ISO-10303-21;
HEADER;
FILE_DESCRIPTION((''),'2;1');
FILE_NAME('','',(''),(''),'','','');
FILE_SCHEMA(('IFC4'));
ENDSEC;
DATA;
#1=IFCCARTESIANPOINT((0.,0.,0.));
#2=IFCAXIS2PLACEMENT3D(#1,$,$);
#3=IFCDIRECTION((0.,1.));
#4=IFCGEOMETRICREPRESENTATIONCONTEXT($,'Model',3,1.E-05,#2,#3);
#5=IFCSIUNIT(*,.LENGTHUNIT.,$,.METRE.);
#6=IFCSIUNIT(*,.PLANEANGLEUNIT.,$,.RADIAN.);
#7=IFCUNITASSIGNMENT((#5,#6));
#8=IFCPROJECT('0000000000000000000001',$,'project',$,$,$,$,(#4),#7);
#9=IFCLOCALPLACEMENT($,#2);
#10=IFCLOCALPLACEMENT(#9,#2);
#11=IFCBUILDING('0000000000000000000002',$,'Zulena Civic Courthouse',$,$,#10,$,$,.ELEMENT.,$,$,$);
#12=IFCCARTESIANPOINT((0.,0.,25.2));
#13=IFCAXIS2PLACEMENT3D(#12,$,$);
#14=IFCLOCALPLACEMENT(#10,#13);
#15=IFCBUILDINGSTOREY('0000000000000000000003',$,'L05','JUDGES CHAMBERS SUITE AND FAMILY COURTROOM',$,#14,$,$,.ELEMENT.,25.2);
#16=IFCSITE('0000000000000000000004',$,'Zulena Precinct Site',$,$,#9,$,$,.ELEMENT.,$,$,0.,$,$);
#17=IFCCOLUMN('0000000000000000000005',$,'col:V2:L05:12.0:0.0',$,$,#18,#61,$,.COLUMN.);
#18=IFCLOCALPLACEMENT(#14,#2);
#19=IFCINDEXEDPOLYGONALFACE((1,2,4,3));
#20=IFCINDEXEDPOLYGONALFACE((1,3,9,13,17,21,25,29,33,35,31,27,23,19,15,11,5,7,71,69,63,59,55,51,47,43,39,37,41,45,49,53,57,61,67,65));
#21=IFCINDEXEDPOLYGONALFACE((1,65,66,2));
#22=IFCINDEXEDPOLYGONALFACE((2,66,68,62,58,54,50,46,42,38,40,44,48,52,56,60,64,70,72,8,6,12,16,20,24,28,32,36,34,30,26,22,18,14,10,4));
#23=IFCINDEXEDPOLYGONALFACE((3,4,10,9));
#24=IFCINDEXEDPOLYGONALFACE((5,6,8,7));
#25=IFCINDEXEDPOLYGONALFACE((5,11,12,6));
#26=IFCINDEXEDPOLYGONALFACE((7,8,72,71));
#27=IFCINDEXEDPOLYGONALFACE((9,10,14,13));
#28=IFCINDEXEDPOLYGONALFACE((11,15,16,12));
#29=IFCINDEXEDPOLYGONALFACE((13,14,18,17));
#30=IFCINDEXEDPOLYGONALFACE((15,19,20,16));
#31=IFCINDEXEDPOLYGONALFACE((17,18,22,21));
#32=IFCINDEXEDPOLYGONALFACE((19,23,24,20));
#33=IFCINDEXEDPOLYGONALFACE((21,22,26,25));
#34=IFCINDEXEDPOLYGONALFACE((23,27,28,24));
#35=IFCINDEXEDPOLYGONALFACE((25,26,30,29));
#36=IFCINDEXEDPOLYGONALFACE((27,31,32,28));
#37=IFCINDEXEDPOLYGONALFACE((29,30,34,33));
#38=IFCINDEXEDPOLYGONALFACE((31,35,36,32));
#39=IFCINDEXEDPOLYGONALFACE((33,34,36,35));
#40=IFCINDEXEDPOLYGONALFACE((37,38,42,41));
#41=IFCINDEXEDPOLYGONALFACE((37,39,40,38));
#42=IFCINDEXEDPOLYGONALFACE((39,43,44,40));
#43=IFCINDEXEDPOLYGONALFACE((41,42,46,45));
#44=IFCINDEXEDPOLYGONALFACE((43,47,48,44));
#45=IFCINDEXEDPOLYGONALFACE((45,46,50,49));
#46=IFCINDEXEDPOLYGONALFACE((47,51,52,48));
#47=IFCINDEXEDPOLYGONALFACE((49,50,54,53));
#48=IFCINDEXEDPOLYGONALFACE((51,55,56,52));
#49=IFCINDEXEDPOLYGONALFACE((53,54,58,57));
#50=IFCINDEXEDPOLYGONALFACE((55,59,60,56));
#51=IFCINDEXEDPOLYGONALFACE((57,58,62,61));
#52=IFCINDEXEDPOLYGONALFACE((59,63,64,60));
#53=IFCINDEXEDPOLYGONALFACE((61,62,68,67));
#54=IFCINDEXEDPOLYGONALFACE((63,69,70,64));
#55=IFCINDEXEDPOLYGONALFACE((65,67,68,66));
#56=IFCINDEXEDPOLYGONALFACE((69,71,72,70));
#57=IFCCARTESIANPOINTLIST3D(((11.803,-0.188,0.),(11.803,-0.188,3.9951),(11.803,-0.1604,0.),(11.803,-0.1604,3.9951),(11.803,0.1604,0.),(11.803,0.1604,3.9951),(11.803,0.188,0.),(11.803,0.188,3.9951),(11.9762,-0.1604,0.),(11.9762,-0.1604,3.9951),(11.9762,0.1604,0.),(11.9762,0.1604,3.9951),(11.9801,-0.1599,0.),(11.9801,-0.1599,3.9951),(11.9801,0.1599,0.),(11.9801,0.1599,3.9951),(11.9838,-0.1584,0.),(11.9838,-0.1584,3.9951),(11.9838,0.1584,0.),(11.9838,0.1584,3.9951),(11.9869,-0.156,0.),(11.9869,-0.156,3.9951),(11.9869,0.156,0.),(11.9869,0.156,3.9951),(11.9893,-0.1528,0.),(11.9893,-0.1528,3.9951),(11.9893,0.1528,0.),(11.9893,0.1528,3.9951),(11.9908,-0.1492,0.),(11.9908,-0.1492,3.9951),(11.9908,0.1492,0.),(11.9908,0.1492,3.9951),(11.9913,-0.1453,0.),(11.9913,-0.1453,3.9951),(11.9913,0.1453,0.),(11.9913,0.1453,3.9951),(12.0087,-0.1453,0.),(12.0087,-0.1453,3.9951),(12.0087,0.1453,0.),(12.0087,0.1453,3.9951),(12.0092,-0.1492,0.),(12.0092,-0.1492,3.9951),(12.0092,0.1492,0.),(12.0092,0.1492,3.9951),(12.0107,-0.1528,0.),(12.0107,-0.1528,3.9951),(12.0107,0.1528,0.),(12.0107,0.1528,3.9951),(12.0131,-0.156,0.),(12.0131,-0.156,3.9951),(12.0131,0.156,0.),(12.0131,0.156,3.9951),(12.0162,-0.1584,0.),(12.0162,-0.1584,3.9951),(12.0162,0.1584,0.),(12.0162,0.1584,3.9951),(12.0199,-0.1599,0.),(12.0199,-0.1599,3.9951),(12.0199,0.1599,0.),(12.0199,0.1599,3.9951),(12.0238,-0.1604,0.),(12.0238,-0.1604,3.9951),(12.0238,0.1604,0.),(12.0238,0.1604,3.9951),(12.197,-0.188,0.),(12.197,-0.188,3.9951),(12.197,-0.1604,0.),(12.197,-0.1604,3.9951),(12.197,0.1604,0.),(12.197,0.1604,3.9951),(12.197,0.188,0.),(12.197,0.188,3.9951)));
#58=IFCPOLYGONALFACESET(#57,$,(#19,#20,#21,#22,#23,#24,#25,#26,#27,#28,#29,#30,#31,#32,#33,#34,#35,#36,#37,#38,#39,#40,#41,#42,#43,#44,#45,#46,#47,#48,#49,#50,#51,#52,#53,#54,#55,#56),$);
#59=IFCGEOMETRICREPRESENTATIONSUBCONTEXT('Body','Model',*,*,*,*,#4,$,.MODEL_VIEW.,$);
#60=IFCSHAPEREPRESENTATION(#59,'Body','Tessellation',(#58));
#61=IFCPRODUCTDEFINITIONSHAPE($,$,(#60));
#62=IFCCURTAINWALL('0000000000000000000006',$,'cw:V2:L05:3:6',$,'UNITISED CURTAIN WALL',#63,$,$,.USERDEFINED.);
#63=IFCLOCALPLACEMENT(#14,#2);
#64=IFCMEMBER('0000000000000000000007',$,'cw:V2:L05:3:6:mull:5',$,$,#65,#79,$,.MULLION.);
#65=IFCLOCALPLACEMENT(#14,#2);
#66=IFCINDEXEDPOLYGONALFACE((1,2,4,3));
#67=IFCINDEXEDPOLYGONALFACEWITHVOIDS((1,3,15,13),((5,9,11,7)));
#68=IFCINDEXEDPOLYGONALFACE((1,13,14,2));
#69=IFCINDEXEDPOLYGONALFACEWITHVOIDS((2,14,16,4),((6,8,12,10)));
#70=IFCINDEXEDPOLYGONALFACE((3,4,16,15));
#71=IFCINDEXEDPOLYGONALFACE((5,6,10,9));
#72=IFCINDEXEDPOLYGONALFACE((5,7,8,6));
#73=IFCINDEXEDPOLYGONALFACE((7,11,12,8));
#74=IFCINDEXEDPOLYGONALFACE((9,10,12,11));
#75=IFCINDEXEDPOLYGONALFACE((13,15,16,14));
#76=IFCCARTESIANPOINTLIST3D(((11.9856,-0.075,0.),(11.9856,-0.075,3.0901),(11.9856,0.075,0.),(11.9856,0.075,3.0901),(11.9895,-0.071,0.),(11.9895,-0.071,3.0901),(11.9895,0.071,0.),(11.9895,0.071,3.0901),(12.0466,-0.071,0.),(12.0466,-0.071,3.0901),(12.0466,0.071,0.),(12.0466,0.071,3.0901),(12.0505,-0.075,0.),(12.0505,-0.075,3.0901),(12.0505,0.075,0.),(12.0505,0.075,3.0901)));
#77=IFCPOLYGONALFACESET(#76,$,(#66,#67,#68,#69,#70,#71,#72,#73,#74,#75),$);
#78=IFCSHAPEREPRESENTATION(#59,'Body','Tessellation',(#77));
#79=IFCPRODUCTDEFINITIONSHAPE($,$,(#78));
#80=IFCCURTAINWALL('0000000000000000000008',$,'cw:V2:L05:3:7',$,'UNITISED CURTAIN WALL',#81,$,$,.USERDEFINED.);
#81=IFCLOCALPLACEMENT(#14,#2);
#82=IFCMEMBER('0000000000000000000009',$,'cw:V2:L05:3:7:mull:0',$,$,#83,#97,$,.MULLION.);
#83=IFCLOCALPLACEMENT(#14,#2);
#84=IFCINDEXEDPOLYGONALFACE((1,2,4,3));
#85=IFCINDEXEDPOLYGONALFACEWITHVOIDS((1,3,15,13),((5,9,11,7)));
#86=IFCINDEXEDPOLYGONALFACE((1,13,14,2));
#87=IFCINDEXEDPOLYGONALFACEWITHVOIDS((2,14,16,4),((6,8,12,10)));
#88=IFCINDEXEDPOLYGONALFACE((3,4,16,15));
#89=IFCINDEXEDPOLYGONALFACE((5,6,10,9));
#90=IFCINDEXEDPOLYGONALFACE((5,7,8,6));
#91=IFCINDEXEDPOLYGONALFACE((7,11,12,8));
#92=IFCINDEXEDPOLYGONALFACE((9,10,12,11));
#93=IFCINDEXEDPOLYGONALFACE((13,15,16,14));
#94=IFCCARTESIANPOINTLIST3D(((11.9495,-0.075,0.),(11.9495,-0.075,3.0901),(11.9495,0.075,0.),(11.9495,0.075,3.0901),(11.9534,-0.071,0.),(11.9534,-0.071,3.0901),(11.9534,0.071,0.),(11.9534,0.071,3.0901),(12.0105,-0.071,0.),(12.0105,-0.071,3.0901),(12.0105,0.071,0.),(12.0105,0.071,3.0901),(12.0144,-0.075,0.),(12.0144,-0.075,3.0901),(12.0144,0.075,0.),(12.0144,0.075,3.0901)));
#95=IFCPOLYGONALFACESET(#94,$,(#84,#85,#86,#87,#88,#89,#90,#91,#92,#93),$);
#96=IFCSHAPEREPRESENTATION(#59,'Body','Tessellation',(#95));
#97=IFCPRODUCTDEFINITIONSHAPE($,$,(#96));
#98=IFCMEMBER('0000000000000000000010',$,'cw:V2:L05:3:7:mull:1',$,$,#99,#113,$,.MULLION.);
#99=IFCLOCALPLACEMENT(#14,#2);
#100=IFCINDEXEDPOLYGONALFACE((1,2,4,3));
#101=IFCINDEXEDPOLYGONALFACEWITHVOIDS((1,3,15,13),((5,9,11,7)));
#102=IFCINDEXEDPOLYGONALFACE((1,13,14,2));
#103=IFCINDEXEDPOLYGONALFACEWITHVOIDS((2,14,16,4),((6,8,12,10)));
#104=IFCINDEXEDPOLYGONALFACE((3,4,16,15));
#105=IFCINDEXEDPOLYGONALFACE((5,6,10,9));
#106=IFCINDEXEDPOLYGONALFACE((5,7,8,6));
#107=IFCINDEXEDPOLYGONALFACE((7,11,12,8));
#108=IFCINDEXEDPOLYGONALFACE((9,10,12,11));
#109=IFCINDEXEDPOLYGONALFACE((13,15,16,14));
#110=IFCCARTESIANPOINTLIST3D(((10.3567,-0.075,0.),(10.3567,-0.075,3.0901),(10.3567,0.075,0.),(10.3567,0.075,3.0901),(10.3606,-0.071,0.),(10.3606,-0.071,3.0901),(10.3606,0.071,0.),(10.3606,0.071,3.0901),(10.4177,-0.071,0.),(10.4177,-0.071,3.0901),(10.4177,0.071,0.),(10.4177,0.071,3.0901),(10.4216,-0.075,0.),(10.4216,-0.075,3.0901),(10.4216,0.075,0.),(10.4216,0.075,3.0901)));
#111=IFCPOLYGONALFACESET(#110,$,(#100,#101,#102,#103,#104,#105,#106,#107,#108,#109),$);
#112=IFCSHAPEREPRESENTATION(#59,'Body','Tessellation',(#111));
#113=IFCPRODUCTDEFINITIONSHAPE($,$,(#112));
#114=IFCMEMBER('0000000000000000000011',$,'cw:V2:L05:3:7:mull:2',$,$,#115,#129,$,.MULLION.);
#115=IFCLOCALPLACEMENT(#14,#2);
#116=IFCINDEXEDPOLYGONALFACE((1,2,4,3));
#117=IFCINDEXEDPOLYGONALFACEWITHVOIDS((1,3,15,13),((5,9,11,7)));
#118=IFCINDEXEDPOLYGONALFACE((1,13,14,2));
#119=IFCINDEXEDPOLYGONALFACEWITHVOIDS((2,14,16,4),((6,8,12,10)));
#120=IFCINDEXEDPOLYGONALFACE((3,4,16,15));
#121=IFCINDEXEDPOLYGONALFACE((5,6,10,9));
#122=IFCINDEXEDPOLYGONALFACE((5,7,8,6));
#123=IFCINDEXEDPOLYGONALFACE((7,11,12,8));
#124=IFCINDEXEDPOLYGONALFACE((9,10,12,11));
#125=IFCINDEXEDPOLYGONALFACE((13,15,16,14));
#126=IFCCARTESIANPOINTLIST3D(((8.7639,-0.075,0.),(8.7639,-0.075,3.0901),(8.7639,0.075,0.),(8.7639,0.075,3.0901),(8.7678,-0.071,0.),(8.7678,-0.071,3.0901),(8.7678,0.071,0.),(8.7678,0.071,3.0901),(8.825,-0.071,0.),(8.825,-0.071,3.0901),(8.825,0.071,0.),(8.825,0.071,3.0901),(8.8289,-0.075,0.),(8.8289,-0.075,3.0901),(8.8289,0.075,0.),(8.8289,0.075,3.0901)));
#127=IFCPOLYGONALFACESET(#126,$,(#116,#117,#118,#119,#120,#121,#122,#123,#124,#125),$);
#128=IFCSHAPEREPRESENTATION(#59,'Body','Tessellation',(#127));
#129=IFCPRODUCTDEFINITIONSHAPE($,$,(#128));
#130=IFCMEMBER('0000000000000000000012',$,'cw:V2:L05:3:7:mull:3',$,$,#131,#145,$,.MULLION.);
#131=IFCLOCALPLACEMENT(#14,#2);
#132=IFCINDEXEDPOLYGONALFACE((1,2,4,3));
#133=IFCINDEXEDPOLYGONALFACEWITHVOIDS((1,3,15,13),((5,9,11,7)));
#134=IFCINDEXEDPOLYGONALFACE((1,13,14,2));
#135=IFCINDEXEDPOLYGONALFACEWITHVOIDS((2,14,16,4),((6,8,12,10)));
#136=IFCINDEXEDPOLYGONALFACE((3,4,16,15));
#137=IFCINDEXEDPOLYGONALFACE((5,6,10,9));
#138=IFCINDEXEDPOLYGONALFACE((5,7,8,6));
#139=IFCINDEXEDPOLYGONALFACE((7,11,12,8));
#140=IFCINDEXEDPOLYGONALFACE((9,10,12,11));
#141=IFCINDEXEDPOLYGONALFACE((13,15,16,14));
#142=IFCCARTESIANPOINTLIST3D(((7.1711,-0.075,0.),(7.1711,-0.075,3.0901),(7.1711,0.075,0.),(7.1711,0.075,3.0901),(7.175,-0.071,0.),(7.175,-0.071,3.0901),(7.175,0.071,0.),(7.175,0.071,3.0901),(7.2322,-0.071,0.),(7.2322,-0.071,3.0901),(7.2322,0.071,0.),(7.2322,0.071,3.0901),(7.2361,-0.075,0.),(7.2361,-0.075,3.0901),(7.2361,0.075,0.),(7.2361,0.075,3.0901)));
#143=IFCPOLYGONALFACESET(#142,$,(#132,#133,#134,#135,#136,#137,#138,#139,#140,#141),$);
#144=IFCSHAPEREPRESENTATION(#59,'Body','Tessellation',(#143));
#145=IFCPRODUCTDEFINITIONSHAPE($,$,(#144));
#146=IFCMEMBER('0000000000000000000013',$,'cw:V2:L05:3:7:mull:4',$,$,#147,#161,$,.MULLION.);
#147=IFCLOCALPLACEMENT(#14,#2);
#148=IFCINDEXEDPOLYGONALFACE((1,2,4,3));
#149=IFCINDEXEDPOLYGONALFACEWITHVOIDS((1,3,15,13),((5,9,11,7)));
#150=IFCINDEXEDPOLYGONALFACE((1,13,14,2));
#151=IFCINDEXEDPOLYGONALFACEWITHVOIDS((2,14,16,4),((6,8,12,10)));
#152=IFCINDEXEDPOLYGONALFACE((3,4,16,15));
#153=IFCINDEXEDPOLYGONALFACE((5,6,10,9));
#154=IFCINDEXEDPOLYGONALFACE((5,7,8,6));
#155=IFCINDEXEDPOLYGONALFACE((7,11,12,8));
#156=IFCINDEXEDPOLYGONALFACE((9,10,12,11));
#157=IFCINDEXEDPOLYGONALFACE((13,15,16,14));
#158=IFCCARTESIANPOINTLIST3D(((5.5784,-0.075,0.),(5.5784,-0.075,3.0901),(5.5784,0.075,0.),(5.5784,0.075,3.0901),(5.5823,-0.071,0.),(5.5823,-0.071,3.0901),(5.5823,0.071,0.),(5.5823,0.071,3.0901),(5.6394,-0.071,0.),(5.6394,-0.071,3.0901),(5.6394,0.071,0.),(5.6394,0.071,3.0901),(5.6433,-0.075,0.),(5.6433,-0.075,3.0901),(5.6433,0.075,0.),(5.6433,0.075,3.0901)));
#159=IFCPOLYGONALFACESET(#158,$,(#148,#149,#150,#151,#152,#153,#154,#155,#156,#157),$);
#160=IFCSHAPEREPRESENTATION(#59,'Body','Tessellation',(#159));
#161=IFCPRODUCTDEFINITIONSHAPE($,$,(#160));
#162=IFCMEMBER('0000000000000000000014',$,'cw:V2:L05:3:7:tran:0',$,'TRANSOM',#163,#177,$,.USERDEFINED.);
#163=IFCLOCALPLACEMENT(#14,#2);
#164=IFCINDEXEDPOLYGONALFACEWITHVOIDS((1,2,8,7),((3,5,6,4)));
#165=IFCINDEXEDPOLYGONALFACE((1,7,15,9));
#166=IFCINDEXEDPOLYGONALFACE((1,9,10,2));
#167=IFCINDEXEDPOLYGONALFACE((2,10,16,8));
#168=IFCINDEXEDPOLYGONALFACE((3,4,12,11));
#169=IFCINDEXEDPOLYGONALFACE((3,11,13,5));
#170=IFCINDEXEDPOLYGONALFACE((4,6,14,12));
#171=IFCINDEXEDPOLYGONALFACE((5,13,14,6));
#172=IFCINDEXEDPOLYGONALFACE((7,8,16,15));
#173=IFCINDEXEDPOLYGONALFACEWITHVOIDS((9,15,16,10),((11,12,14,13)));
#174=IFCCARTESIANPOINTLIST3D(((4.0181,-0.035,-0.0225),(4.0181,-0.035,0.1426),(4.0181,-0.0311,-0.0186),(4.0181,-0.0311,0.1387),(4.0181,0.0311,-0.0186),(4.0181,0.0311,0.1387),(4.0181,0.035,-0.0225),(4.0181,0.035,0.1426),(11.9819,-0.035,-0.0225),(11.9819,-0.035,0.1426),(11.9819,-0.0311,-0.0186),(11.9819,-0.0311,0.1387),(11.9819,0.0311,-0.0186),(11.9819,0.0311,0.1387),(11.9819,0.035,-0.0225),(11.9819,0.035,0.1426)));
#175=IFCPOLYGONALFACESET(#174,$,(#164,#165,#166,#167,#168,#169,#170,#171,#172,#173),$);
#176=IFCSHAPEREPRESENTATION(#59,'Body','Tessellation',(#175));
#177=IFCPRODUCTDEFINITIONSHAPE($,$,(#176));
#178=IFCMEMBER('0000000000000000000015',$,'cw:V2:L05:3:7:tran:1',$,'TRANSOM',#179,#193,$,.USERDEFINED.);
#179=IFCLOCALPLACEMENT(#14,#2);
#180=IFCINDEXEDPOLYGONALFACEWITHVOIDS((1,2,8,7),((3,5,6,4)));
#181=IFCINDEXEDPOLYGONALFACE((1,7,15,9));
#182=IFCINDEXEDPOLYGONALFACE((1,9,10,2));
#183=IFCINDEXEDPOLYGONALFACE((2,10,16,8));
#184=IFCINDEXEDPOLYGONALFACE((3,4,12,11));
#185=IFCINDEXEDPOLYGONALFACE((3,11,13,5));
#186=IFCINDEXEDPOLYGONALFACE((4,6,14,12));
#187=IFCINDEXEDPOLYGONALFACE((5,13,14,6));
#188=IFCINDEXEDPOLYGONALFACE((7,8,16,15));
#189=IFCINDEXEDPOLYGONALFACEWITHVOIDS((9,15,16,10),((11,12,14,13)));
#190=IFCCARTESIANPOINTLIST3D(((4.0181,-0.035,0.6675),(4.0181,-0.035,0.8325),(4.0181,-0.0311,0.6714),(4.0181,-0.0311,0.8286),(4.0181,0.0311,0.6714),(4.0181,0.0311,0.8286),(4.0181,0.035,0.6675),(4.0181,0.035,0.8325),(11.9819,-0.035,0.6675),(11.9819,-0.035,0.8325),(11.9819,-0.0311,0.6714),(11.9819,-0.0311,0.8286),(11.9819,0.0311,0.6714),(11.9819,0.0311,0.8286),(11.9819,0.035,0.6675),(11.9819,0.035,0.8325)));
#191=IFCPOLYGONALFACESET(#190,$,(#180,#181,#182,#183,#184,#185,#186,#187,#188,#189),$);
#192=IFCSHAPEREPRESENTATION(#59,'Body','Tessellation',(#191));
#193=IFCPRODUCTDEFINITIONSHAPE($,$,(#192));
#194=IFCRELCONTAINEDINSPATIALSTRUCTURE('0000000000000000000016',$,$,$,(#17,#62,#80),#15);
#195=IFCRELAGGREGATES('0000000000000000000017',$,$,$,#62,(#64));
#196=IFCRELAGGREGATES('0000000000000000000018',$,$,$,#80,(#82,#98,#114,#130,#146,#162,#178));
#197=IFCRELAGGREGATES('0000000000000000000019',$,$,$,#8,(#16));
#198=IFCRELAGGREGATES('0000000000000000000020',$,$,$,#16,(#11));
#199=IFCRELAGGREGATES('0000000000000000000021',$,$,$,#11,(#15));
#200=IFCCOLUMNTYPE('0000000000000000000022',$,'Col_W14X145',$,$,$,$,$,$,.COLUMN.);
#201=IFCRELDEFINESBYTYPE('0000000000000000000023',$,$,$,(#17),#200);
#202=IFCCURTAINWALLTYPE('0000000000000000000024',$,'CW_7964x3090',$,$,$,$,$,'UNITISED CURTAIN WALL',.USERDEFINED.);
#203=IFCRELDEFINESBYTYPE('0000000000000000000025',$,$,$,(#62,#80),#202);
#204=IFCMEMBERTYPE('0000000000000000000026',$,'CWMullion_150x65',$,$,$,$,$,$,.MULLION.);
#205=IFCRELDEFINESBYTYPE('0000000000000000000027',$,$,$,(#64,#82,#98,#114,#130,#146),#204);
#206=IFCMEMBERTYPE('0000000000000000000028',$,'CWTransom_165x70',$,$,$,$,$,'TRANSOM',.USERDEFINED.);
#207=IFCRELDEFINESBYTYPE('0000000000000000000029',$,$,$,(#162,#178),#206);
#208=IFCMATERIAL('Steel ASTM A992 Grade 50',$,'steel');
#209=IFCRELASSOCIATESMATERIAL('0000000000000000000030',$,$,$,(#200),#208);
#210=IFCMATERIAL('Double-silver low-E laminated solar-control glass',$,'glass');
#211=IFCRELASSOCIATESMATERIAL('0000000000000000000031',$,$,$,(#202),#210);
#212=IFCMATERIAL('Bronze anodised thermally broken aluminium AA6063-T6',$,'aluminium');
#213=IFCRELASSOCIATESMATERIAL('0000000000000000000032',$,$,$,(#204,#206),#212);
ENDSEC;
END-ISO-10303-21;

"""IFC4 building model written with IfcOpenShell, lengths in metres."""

from ifc_helpers import new_model, si_unit, direction, frame, origin, origin_2d, place, context, subcontext, project, spatial, hollow_rectangle, i_section, extrude, material, material_profile, profile_set, type_object, element, aggregate, save


model = new_model("IFC4")

# Units and contexts
model_context = context("Model", 3, precision=1e-05, world=origin(), true_north=direction((0.0, 1.0)))
body_context = subcontext(model_context, "Body", "Model", "MODEL_VIEW")
ifc_project = project(units=[si_unit("LENGTHUNIT", "METRE"), si_unit("PLANEANGLEUNIT", "RADIAN")], contexts=[model_context])

# Site, building, storey
site_placement = place(None, origin())
site = spatial("IfcSite", under=ifc_project, at=site_placement, Name="Zulena Precinct Site", CompositionType="ELEMENT", RefElevation=0.0)
building_placement = place(site_placement, origin())
building = spatial("IfcBuilding", under=site, at=building_placement, Name="Zulena Civic Courthouse", CompositionType="ELEMENT")
storey_placement = place(building_placement, frame((0.0, 0.0, 25.2)))
storey = spatial("IfcBuildingStorey", under=building, at=storey_placement, Name="L05", Description="JUDGES CHAMBERS SUITE AND FAMILY COURTROOM", CompositionType="ELEMENT", Elevation=25.2)

# Column
ifc_material_1 = material(Name="Steel ASTM A992 Grade 50", Category="steel")
ifc_material_profile_1 = material_profile(ifc_material_1, i_section(OverallWidth=0.394, OverallDepth=0.376, WebThickness=0.0173, FlangeThickness=0.0276, FilletRadius=0.0151, at=origin_2d()), Name="W14X145")
ifc_profile_set_1 = profile_set([ifc_material_profile_1], Name="Steel ASTM A992 Grade 50")
column_type = type_object("IfcColumnType", Name="Col_W14X145", PredefinedType="COLUMN", material=ifc_profile_set_1)
column_placement = place(storey_placement, frame((12.0, 0.0, 0.0), z_axis=(0.0, 0.0, 1.0), x_axis=(1.0, 0.0, 0.0)))
element("IfcColumn", 1, at=column_placement, inside=storey, type_object=column_type, Name="col:V2:L05:12.0:0.0", PredefinedType="COLUMN", context=body_context, shape_type="SweptSolid", body=[
    extrude(i_section(OverallWidth=0.394, OverallDepth=0.376, WebThickness=0.0173, FlangeThickness=0.0276, FilletRadius=0.0151, at=origin_2d()), origin(), (0.0, 0.0, 1.0), 3.9951),
])

# Curtain wall, member
ifc_material_2 = material(Name="Double-silver low-E laminated solar-control glass", Category="glass")
curtain_wall_type = type_object("IfcCurtainWallType", Name="CW_7964x3090", ElementType="UNITISED CURTAIN WALL", PredefinedType="USERDEFINED", material=ifc_material_2)
curtain_wall_1_placement = place(storey_placement, origin())
curtain_wall_1 = element("IfcCurtainWall", 2, at=curtain_wall_1_placement, inside=storey, type_object=curtain_wall_type, Name="cw:V2:L05:3:6", ObjectType="UNITISED CURTAIN WALL", PredefinedType="USERDEFINED")
ifc_material_3 = material(Name="Bronze anodised thermally broken aluminium AA6063-T6", Category="aluminium")
ifc_material_profile_2 = material_profile(ifc_material_3, hollow_rectangle(XDim=0.0649, YDim=0.1499, WallThickness=0.0039, at=origin_2d()), Name="CWM150X65X4")
ifc_profile_set_2 = profile_set([ifc_material_profile_2], Name="Bronze anodised thermally broken aluminium AA6063-T6")
member_type_1 = type_object("IfcMemberType", Name="CWMullion_150x65", PredefinedType="MULLION", material=ifc_profile_set_2)
member_1_placement = place(storey_placement, frame((12.0181, 0.0, 0.0), z_axis=(0.0, 0.0, 1.0), x_axis=(1.0, 0.0, 0.0)))
member_1 = element("IfcMember", 3, at=member_1_placement, type_object=member_type_1, Name="cw:V2:L05:3:6:mull:5", PredefinedType="MULLION", context=body_context, shape_type="SweptSolid", body=[
    extrude(hollow_rectangle(XDim=0.0649, YDim=0.1499, WallThickness=0.0039, at=origin_2d()), origin(), (0.0, 0.0, 1.0), 3.0901),
])

# Curtain wall, members
curtain_wall_2_placement = place(storey_placement, origin())
curtain_wall_2 = element("IfcCurtainWall", 4, at=curtain_wall_2_placement, inside=storey, type_object=curtain_wall_type, Name="cw:V2:L05:3:7", ObjectType="UNITISED CURTAIN WALL", PredefinedType="USERDEFINED")
member_2_placement = place(storey_placement, frame((11.9819, 0.0, 0.0), z_axis=(0.0, 0.0, 1.0), x_axis=(1.0, 0.0, 0.0)))
member_2 = element("IfcMember", 5, at=member_2_placement, type_object=member_type_1, Name="cw:V2:L05:3:7:mull:0", PredefinedType="MULLION", context=body_context, shape_type="SweptSolid", body=[
    extrude(hollow_rectangle(XDim=0.0649, YDim=0.1499, WallThickness=0.0039, at=origin_2d()), origin(), (0.0, 0.0, 1.0), 3.0901),
])
member_3_placement = place(storey_placement, frame((10.3892, 0.0, 0.0), z_axis=(0.0, 0.0, 1.0), x_axis=(1.0, 0.0, 0.0)))
member_3 = element("IfcMember", 6, at=member_3_placement, type_object=member_type_1, Name="cw:V2:L05:3:7:mull:1", PredefinedType="MULLION", context=body_context, shape_type="SweptSolid", body=[
    extrude(hollow_rectangle(XDim=0.0649, YDim=0.1499, WallThickness=0.0039, at=origin_2d()), origin(), (0.0, 0.0, 1.0), 3.0901),
])
member_4_placement = place(storey_placement, frame((8.7964, 0.0, 0.0), z_axis=(0.0, 0.0, 1.0), x_axis=(1.0, 0.0, 0.0)))
member_4 = element("IfcMember", 7, at=member_4_placement, type_object=member_type_1, Name="cw:V2:L05:3:7:mull:2", PredefinedType="MULLION", context=body_context, shape_type="SweptSolid", body=[
    extrude(hollow_rectangle(XDim=0.0649, YDim=0.1499, WallThickness=0.0039, at=origin_2d()), origin(), (0.0, 0.0, 1.0), 3.0901),
])
member_5_placement = place(storey_placement, frame((7.2036, 0.0, 0.0), z_axis=(0.0, 0.0, 1.0), x_axis=(1.0, 0.0, 0.0)))
member_5 = element("IfcMember", 8, at=member_5_placement, type_object=member_type_1, Name="cw:V2:L05:3:7:mull:3", PredefinedType="MULLION", context=body_context, shape_type="SweptSolid", body=[
    extrude(hollow_rectangle(XDim=0.0649, YDim=0.1499, WallThickness=0.0039, at=origin_2d()), origin(), (0.0, 0.0, 1.0), 3.0901),
])
member_6_placement = place(storey_placement, frame((5.6108, 0.0, 0.0), z_axis=(0.0, 0.0, 1.0), x_axis=(1.0, 0.0, 0.0)))
member_6 = element("IfcMember", 9, at=member_6_placement, type_object=member_type_1, Name="cw:V2:L05:3:7:mull:4", PredefinedType="MULLION", context=body_context, shape_type="SweptSolid", body=[
    extrude(hollow_rectangle(XDim=0.0649, YDim=0.1499, WallThickness=0.0039, at=origin_2d()), origin(), (0.0, 0.0, 1.0), 3.0901),
])
ifc_material_profile_3 = material_profile(ifc_material_3, hollow_rectangle(XDim=0.0701, YDim=0.165, WallThickness=0.0039, at=origin_2d()), Name="CWT165X70X4")
ifc_profile_set_3 = profile_set([ifc_material_profile_3], Name="Bronze anodised thermally broken aluminium AA6063-T6")
member_type_2 = type_object("IfcMemberType", Name="CWTransom_165x70", ElementType="TRANSOM", PredefinedType="USERDEFINED", material=ifc_profile_set_3)
member_7_placement = place(storey_placement, frame((11.9819, 0.0, 0.0601), z_axis=(-1.0, 0.0, 0.0), x_axis=(0.0, -1.0, 0.0)))
member_7 = element("IfcMember", 10, at=member_7_placement, type_object=member_type_2, Name="cw:V2:L05:3:7:tran:0", ObjectType="TRANSOM", PredefinedType="USERDEFINED", context=body_context, shape_type="SweptSolid", body=[
    extrude(hollow_rectangle(XDim=0.0701, YDim=0.165, WallThickness=0.0039, at=origin_2d()), origin(), (0.0, 0.0, 1.0), 7.9639),
])
member_8_placement = place(storey_placement, frame((11.9819, 0.0, 0.75), z_axis=(-1.0, 0.0, 0.0), x_axis=(0.0, -1.0, 0.0)))
member_8 = element("IfcMember", 11, at=member_8_placement, type_object=member_type_2, Name="cw:V2:L05:3:7:tran:1", ObjectType="TRANSOM", PredefinedType="USERDEFINED", context=body_context, shape_type="SweptSolid", body=[
    extrude(hollow_rectangle(XDim=0.0701, YDim=0.165, WallThickness=0.0039, at=origin_2d()), origin(), (0.0, 0.0, 1.0), 7.9639),
])

aggregate(curtain_wall_1, [member_1])
aggregate(curtain_wall_2, [member_2, member_3, member_4, member_5, member_6, member_7, member_8])

save(model, "model.ifc")
